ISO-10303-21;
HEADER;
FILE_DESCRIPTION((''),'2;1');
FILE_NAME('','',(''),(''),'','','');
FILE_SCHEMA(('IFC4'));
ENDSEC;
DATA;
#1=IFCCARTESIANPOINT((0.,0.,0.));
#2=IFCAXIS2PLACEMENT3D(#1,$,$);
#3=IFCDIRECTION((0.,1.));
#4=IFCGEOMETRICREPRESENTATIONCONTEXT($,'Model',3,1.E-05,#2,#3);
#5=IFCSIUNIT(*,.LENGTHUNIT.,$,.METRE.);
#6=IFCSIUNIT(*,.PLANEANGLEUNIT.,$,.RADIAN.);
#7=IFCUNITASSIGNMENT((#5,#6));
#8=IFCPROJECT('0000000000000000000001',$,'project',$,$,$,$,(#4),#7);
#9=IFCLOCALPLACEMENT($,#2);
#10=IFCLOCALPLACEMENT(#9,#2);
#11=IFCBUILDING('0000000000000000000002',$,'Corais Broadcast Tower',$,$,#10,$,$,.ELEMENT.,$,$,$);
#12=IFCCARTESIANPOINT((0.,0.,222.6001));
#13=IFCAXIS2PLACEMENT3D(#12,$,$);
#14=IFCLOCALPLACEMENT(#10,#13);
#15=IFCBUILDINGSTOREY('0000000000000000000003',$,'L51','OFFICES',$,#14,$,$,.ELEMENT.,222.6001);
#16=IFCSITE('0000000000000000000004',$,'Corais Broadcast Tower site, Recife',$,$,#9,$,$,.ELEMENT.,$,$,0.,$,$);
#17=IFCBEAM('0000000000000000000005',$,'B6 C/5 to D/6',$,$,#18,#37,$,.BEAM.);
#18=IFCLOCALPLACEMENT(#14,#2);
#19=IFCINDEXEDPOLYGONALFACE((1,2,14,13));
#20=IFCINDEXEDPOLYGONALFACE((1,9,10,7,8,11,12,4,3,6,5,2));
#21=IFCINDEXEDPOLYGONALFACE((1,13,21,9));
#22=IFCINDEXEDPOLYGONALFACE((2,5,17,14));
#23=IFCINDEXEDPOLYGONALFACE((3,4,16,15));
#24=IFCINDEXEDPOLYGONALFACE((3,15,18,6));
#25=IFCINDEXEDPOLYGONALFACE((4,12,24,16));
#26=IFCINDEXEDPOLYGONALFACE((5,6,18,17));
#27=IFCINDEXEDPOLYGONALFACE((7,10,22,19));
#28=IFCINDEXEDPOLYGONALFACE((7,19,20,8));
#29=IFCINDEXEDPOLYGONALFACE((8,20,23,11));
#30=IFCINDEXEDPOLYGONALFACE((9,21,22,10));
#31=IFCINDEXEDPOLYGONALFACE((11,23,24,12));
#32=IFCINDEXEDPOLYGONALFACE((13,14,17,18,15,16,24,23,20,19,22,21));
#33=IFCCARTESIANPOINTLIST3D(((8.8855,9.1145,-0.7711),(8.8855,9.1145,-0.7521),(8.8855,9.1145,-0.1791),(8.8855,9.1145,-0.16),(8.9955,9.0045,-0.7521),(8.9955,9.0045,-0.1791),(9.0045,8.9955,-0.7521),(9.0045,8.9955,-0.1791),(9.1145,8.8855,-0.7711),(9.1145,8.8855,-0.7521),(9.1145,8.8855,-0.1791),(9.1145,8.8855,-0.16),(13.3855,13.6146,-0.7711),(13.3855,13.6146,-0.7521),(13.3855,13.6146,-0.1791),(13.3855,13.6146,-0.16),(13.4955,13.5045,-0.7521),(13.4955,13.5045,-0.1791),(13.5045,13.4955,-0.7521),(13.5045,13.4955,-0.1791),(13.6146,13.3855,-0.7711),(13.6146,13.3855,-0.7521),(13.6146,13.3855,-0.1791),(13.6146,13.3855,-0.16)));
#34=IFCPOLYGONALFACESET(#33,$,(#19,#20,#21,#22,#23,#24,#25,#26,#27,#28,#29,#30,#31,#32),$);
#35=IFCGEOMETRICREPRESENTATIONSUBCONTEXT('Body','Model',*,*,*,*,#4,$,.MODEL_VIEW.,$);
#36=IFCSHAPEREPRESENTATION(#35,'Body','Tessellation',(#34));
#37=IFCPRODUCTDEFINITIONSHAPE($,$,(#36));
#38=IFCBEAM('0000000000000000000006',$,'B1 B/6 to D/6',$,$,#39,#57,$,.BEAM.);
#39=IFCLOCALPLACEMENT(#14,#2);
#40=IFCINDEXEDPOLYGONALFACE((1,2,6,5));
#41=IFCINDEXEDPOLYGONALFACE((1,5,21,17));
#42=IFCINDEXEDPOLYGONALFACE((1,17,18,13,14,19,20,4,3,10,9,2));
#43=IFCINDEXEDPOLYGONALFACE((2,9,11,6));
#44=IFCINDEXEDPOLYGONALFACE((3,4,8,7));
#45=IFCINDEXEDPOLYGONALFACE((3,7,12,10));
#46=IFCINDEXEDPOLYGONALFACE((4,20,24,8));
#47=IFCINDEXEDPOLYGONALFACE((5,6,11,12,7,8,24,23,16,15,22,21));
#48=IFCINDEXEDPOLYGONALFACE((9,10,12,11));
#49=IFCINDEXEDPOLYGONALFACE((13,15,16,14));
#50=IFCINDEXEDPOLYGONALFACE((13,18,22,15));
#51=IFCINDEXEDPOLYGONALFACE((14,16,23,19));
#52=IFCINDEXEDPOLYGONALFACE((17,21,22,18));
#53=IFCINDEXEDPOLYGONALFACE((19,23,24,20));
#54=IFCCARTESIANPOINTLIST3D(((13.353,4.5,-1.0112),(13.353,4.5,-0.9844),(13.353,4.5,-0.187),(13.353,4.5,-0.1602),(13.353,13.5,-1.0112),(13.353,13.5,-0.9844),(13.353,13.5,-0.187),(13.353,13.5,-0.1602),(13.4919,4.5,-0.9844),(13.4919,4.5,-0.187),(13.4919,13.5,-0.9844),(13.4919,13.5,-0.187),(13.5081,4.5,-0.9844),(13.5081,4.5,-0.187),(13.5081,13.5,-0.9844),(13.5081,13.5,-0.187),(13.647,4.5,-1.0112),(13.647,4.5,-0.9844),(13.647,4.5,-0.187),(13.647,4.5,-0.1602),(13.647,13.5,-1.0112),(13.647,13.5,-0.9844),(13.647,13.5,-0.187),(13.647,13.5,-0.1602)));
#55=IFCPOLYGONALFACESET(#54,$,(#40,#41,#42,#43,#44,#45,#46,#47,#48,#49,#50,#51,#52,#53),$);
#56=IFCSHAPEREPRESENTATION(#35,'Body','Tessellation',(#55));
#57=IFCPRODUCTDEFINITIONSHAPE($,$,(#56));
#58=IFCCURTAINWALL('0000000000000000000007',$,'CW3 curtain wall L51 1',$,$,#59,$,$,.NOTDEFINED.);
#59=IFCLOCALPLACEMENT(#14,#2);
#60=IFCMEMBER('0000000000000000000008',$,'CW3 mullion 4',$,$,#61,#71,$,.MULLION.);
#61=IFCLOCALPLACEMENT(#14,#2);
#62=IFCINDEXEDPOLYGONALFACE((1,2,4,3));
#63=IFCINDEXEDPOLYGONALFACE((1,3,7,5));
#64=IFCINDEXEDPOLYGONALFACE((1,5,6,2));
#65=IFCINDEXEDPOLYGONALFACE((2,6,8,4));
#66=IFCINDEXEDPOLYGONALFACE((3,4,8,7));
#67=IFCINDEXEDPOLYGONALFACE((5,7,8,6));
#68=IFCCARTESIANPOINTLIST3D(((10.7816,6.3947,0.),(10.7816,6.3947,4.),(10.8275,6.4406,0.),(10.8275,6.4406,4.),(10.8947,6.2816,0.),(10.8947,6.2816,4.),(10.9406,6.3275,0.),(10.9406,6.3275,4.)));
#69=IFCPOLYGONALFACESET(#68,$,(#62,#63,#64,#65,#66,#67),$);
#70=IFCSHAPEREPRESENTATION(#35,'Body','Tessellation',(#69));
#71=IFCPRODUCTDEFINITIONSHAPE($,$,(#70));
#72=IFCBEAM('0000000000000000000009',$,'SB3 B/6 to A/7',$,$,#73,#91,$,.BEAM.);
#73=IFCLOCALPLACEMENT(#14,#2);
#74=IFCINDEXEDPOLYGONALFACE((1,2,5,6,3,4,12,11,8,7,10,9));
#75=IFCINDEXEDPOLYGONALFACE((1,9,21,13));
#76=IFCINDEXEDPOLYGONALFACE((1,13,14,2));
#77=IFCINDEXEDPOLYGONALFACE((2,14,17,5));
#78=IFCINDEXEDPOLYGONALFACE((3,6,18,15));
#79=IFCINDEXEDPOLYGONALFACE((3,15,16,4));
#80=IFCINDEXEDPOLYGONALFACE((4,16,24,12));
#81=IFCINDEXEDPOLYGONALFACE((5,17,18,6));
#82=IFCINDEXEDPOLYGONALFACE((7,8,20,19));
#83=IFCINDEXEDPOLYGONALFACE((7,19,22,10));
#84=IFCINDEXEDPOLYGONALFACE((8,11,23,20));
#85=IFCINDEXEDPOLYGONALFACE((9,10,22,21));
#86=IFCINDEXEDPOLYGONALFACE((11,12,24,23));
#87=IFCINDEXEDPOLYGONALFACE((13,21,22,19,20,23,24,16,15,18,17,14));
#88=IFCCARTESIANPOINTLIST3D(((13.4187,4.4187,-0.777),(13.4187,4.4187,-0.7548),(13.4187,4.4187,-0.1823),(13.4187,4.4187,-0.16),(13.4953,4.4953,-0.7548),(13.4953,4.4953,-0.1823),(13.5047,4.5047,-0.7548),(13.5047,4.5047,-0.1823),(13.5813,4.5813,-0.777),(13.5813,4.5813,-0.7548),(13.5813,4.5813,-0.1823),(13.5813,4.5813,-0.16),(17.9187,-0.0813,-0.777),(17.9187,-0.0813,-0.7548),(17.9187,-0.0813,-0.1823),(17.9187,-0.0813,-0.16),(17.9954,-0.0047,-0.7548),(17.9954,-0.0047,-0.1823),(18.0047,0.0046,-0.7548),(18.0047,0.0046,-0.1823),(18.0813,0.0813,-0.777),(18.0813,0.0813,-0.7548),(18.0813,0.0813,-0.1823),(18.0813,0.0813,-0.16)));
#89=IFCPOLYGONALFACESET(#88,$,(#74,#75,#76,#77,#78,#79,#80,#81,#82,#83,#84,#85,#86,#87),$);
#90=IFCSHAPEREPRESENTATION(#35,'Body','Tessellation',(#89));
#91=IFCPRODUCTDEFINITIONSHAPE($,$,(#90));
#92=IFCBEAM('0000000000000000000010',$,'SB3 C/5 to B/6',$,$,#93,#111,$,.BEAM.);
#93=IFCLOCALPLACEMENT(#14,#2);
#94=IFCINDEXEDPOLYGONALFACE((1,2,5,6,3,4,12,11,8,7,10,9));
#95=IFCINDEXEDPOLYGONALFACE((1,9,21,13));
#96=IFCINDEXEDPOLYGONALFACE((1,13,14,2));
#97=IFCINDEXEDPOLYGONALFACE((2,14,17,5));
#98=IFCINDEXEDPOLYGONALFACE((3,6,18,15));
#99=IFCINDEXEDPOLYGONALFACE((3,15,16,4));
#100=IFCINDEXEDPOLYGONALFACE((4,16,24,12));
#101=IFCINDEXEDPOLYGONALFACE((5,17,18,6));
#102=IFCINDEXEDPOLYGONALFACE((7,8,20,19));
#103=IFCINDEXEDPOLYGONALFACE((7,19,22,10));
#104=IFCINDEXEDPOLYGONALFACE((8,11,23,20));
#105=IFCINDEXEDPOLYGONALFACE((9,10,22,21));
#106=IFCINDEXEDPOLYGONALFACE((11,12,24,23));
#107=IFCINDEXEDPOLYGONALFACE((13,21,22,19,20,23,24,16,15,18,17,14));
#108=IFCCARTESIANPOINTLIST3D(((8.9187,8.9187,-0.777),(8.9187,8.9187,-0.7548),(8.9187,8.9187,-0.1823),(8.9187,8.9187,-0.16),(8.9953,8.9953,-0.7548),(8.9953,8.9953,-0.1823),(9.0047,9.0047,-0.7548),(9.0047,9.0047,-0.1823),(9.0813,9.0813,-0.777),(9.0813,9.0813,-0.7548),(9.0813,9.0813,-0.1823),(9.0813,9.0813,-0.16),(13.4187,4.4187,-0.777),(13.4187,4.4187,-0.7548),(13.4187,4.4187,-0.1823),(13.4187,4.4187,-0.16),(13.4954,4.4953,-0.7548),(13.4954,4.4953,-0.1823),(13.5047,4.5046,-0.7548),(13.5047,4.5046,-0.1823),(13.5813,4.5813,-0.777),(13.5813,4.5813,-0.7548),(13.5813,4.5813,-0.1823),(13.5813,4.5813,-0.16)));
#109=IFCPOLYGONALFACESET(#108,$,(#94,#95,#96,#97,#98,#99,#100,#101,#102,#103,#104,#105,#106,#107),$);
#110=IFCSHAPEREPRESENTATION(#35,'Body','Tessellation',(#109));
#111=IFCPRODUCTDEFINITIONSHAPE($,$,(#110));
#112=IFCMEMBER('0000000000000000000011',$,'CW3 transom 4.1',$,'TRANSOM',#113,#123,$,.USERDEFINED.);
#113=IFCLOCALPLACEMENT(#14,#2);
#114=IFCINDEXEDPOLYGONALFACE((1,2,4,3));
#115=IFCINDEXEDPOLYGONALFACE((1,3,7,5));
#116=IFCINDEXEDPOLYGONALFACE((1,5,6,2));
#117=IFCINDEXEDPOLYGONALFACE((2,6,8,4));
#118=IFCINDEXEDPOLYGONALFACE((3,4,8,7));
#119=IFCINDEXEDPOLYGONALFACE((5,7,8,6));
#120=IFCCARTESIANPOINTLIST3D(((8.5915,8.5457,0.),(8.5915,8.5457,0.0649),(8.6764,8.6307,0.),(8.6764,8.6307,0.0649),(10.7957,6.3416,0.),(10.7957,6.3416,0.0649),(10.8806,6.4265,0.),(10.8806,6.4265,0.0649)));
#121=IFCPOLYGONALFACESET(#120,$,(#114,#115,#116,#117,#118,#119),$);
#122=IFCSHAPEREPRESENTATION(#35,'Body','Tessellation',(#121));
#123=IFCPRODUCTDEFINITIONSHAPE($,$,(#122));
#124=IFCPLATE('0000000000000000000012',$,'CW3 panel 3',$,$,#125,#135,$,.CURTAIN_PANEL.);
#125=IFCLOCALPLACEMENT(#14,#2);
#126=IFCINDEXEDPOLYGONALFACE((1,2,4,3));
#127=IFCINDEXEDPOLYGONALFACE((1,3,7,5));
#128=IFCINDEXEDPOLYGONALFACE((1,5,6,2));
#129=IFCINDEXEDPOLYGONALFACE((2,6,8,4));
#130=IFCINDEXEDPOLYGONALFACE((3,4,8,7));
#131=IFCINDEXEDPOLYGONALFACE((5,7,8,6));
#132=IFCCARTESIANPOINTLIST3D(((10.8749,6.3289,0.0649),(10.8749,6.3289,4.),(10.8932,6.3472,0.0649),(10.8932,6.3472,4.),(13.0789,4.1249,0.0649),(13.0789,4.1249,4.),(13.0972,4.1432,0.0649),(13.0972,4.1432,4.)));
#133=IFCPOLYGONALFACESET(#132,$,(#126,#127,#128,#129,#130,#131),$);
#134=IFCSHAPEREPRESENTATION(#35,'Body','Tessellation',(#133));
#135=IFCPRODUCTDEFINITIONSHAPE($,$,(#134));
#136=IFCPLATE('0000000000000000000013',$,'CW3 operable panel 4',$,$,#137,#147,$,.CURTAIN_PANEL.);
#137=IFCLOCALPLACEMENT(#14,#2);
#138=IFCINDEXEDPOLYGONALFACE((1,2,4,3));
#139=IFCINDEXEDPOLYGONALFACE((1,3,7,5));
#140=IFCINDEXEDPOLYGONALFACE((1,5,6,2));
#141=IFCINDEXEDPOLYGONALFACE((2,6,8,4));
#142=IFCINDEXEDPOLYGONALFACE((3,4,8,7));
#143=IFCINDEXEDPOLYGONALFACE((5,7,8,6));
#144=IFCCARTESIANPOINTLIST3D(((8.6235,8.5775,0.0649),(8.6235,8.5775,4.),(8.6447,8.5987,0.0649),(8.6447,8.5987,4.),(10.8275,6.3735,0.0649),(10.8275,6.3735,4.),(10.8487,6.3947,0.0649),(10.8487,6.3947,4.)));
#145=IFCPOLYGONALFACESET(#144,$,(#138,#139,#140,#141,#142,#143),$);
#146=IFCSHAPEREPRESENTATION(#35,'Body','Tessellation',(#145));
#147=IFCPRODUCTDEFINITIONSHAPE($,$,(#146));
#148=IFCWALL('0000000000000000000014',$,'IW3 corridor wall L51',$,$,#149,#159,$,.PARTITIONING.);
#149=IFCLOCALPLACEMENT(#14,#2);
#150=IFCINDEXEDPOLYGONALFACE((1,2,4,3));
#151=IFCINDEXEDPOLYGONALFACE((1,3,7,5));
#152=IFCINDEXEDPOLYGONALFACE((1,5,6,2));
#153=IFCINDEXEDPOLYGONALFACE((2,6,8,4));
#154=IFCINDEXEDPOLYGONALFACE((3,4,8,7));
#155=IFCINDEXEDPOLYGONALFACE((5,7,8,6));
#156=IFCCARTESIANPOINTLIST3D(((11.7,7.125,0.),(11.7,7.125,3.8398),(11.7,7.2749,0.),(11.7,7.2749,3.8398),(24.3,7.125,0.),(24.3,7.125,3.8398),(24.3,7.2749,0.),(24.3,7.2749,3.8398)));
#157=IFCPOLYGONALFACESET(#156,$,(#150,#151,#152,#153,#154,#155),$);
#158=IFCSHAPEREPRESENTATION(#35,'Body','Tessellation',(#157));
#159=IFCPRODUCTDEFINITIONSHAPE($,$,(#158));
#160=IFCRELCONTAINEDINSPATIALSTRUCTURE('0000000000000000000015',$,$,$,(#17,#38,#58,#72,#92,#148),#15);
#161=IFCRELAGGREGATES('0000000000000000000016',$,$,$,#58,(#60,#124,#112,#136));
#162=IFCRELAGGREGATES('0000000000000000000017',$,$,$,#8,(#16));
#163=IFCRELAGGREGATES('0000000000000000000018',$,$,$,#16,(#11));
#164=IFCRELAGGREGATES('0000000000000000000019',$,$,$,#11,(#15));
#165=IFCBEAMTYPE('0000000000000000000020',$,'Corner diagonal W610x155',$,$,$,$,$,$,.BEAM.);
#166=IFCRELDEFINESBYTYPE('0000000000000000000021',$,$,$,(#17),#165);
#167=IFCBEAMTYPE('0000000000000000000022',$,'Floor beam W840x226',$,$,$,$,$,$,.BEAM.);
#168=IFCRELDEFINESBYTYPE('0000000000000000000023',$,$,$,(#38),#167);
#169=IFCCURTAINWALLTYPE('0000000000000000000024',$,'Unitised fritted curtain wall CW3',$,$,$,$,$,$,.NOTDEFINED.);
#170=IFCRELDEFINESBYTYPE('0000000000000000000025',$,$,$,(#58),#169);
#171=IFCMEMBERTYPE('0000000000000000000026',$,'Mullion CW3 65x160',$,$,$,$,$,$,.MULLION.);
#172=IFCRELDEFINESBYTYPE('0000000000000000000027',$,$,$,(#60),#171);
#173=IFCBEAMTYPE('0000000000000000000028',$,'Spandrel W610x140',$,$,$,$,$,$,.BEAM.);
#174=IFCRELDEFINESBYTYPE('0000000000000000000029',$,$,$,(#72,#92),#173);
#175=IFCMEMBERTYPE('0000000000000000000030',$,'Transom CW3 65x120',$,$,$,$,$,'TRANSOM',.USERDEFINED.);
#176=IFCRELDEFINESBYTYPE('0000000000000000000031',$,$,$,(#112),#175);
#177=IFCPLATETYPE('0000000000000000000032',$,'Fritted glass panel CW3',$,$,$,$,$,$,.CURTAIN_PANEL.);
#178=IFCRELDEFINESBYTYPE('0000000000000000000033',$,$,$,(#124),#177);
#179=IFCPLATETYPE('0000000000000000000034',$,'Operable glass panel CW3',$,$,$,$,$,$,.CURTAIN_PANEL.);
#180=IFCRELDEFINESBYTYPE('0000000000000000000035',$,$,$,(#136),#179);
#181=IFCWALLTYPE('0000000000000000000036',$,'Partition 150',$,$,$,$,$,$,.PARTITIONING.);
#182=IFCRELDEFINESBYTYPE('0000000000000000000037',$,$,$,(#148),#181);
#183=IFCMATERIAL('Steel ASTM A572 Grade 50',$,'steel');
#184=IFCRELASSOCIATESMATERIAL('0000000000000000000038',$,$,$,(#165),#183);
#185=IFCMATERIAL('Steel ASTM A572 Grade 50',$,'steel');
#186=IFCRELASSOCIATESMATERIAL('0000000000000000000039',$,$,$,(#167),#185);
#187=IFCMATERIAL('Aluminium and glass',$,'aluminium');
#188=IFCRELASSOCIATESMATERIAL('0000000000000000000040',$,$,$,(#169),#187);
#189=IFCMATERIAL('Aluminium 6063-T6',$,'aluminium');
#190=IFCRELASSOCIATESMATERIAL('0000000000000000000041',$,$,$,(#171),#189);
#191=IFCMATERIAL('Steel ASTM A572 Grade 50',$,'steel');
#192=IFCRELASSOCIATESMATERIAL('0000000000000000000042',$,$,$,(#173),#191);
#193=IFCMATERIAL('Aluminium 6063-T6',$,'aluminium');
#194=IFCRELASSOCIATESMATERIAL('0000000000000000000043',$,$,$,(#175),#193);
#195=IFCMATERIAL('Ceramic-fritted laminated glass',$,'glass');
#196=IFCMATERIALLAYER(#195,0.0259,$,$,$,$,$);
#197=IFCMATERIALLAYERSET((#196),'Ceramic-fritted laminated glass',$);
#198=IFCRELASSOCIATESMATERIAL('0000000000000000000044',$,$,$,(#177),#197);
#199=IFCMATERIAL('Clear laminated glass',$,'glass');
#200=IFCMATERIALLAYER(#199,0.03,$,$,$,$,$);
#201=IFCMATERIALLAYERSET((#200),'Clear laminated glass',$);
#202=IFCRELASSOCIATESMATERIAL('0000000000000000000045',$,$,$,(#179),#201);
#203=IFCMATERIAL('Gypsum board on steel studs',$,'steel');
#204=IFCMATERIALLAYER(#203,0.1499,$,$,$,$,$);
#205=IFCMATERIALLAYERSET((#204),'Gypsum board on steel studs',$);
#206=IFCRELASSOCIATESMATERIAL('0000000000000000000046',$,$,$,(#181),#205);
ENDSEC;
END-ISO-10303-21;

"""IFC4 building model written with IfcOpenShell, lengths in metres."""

from ifc_helpers import new_model, si_unit, direction, frame, frame_2d, origin, origin_2d, place, context, subcontext, project, spatial, rectangle, i_section, extrude, material, layer, layer_set, material_profile, profile_set, type_object, element, aggregate, save


model = new_model("IFC4")

# Units and contexts
model_context = context("Model", 3, precision=1e-05, world=origin(), true_north=direction((0.0, 1.0)))
body_context = subcontext(model_context, "Body", "Model", "MODEL_VIEW")
ifc_project = project(units=[si_unit("LENGTHUNIT", "METRE"), si_unit("PLANEANGLEUNIT", "RADIAN")], contexts=[model_context])

# Site, building, storey
site_placement = place(None, origin())
site = spatial("IfcSite", under=ifc_project, at=site_placement, Name="Corais Broadcast Tower site, Recife", CompositionType="ELEMENT", RefElevation=0.0)
building_placement = place(site_placement, origin())
building = spatial("IfcBuilding", under=site, at=building_placement, Name="Corais Broadcast Tower", CompositionType="ELEMENT")
storey_placement = place(building_placement, frame((0.0, 0.0, 222.6001)))
storey = spatial("IfcBuildingStorey", under=building, at=storey_placement, Name="L51", Description="OFFICES", CompositionType="ELEMENT", Elevation=222.6001)

# Beams
ifc_material_1 = material(Name="Steel ASTM A572 Grade 50", Category="steel")
ifc_material_profile_1 = material_profile(ifc_material_1, i_section(OverallWidth=0.324, OverallDepth=0.6111, WebThickness=0.0127, FlangeThickness=0.019, at=origin_2d()), Name="W610x155")
ifc_profile_set_1 = profile_set([ifc_material_profile_1], Name="Steel ASTM A572 Grade 50")
beam_type_1 = type_object("IfcBeamType", Name="Corner diagonal W610x155", PredefinedType="BEAM", material=ifc_profile_set_1)
beam_1_placement = place(storey_placement, frame((9.0, 9.0, -0.4656), z_axis=(0.707107, 0.707107, 0.0), x_axis=(-0.707107, 0.707107, 0.0)))
element("IfcBeam", 1, at=beam_1_placement, inside=storey, type_object=beam_type_1, Name="B6 C/5 to D/6", PredefinedType="BEAM", context=body_context, shape_type="SweptSolid", body=[
    extrude(i_section(OverallWidth=0.324, OverallDepth=0.6111, WebThickness=0.0127, FlangeThickness=0.019, at=origin_2d()), origin(), (0.0, 0.0, 1.0), 6.364),
])
ifc_material_2 = material(Name="Steel ASTM A572 Grade 50", Category="steel")
ifc_material_profile_2 = material_profile(ifc_material_2, i_section(OverallWidth=0.2939, OverallDepth=0.8511, WebThickness=0.0161, FlangeThickness=0.0269, at=origin_2d()), Name="W840x226")
ifc_profile_set_2 = profile_set([ifc_material_profile_2], Name="Steel ASTM A572 Grade 50")
beam_type_2 = type_object("IfcBeamType", Name="Floor beam W840x226", PredefinedType="BEAM", material=ifc_profile_set_2)
beam_2_placement = place(storey_placement, frame((13.5, 4.5, -0.5857), z_axis=(0.0, 1.0, 0.0), x_axis=(-1.0, 0.0, 0.0)))
element("IfcBeam", 2, at=beam_2_placement, inside=storey, type_object=beam_type_2, Name="B1 B/6 to D/6", PredefinedType="BEAM", context=body_context, shape_type="SweptSolid", body=[
    extrude(i_section(OverallWidth=0.2939, OverallDepth=0.8511, WebThickness=0.0161, FlangeThickness=0.0269, at=origin_2d()), origin(), (0.0, 0.0, 1.0), 9.0),
])

# Curtain wall, member
ifc_material_3 = material(Name="Aluminium and glass", Category="aluminium")
curtain_wall_type = type_object("IfcCurtainWallType", Name="Unitised fritted curtain wall CW3", PredefinedType="NOTDEFINED", material=ifc_material_3)
curtain_wall_placement = place(storey_placement, origin())
curtain_wall = element("IfcCurtainWall", 3, at=curtain_wall_placement, inside=storey, type_object=curtain_wall_type, Name="CW3 curtain wall L51 1", PredefinedType="NOTDEFINED")
ifc_material_4 = material(Name="Aluminium 6063-T6", Category="aluminium")
ifc_material_profile_3 = material_profile(ifc_material_4, rectangle(XDim=0.0649, YDim=0.1599, at=origin_2d()), Name="Mullion CW3 65x160")
ifc_profile_set_3 = profile_set([ifc_material_profile_3], Name="Aluminium 6063-T6")
member_type_1 = type_object("IfcMemberType", Name="Mullion CW3 65x160", PredefinedType="MULLION", material=ifc_profile_set_3)
member_1_placement = place(storey_placement, frame((10.8611, 6.3611, 0.0), z_axis=(0.0, 0.0, 1.0), x_axis=(-0.707107, -0.707107, 0.0)))
member_1 = element("IfcMember", 4, at=member_1_placement, type_object=member_type_1, Name="CW3 mullion 4", PredefinedType="MULLION", context=body_context, shape_type="SweptSolid", body=[
    extrude(rectangle(XDim=0.0649, YDim=0.1599, at=origin_2d()), origin(), (0.0, 0.0, 1.0), 4.0),
])

# Beams
ifc_material_5 = material(Name="Steel ASTM A572 Grade 50", Category="steel")
ifc_material_profile_4 = material_profile(ifc_material_5, i_section(OverallWidth=0.23, OverallDepth=0.6169, WebThickness=0.0132, FlangeThickness=0.0222, at=origin_2d()), Name="W610x140")
ifc_profile_set_4 = profile_set([ifc_material_profile_4], Name="Steel ASTM A572 Grade 50")
beam_type_3 = type_object("IfcBeamType", Name="Spandrel W610x140", PredefinedType="BEAM", material=ifc_profile_set_4)
for number, where, z_axis, x_axis, name in (
    (5, (13.5, 4.5, -0.4685), (0.707107, -0.707107, 0.0), (0.707107, 0.707107, 0.0), "SB3 B/6 to A/7"),
    (6, (9.0, 9.0, -0.4685), (0.707107, -0.707107, 0.0), (0.707107, 0.707107, 0.0), "SB3 C/5 to B/6"),
):
    element("IfcBeam", number, at=place(storey_placement, frame(where, z_axis=z_axis, x_axis=x_axis)), inside=storey, type_object=beam_type_3, Name=name, PredefinedType="BEAM", context=body_context, shape_type="SweptSolid", body=[
        extrude(i_section(OverallWidth=0.23, OverallDepth=0.6169, WebThickness=0.0132, FlangeThickness=0.0222, at=origin_2d()), origin(), (0.0, 0.0, 1.0), 6.364),
    ])

# Member
ifc_material_6 = material(Name="Aluminium 6063-T6", Category="aluminium")
ifc_material_profile_5 = material_profile(ifc_material_6, rectangle(XDim=0.1201, YDim=0.0649, at=origin_2d()), Name="Transom CW3 65x120")
ifc_profile_set_5 = profile_set([ifc_material_profile_5], Name="Aluminium 6063-T6")
member_type_2 = type_object("IfcMemberType", Name="Transom CW3 65x120", ElementType="TRANSOM", PredefinedType="USERDEFINED", material=ifc_profile_set_5)
member_2_placement = place(storey_placement, frame((10.8381, 6.384, 0.0325), z_axis=(-0.707107, 0.707107, 0.0), x_axis=(-0.707107, -0.707107, 0.0)))
member_2 = element("IfcMember", 7, at=member_2_placement, type_object=member_type_2, Name="CW3 transom 4.1", ObjectType="TRANSOM", PredefinedType="USERDEFINED", context=body_context, shape_type="SweptSolid", body=[
    extrude(rectangle(XDim=0.1201, YDim=0.0649, at=origin_2d()), origin(), (0.0, 0.0, 1.0), 3.1172),
])

# Plates
ifc_material_7 = material(Name="Ceramic-fritted laminated glass", Category="glass")
ifc_layer_1 = layer(ifc_material_7, 0.0259)
ifc_layer_set_1 = layer_set([ifc_layer_1], Name="Ceramic-fritted laminated glass")
plate_type_1 = type_object("IfcPlateType", Name="Fritted glass panel CW3", PredefinedType="CURTAIN_PANEL", material=ifc_layer_set_1)
plate_1_placement = place(storey_placement, frame((11.9861, 5.2361, 0.0649), z_axis=(0.0, 0.0, 1.0), x_axis=(-0.707107, 0.707107, 0.0)))
plate_1 = element("IfcPlate", 8, at=plate_1_placement, type_object=plate_type_1, Name="CW3 panel 3", PredefinedType="CURTAIN_PANEL", context=body_context, shape_type="SweptSolid", body=[
    extrude(rectangle(XDim=3.1169, YDim=0.0259, at=origin_2d()), origin(), (0.0, 0.0, 1.0), 3.9351),
])
ifc_material_8 = material(Name="Clear laminated glass", Category="glass")
ifc_layer_2 = layer(ifc_material_8, 0.03)
ifc_layer_set_2 = layer_set([ifc_layer_2], Name="Clear laminated glass")
plate_type_2 = type_object("IfcPlateType", Name="Operable glass panel CW3", PredefinedType="CURTAIN_PANEL", material=ifc_layer_set_2)
plate_2_placement = place(storey_placement, frame((9.7361, 7.4861, 0.0649), z_axis=(0.0, 0.0, 1.0), x_axis=(-0.707107, 0.707107, 0.0)))
plate_2 = element("IfcPlate", 9, at=plate_2_placement, type_object=plate_type_2, Name="CW3 operable panel 4", PredefinedType="CURTAIN_PANEL", context=body_context, shape_type="SweptSolid", body=[
    extrude(rectangle(XDim=3.1169, YDim=0.03, at=origin_2d()), origin(), (0.0, 0.0, 1.0), 3.9351),
])
aggregate(curtain_wall, [member_1, plate_1, member_2, plate_2])

# Wall
ifc_material_9 = material(Name="Gypsum board on steel studs", Category="steel")
ifc_layer_3 = layer(ifc_material_9, 0.1499)
ifc_layer_set_3 = layer_set([ifc_layer_3], Name="Gypsum board on steel studs")
wall_type = type_object("IfcWallType", Name="Partition 150", PredefinedType="PARTITIONING", material=ifc_layer_set_3)
wall_1_placement = place(storey_placement, frame((11.7, 7.2, 0.0), z_axis=(0.0, 0.0, 1.0), x_axis=(1.0, 0.0, 0.0)))
element("IfcWall", 10, at=wall_1_placement, inside=storey, type_object=wall_type, Name="IW3 corridor wall L51", PredefinedType="PARTITIONING", context=body_context, shape_type="SweptSolid", body=[
    extrude(rectangle(XDim=12.6001, YDim=0.1499, at=frame_2d((6.3, 0.0))), origin(), (0.0, 0.0, 1.0), 3.8398),
])

save(model, "model.ifc")
